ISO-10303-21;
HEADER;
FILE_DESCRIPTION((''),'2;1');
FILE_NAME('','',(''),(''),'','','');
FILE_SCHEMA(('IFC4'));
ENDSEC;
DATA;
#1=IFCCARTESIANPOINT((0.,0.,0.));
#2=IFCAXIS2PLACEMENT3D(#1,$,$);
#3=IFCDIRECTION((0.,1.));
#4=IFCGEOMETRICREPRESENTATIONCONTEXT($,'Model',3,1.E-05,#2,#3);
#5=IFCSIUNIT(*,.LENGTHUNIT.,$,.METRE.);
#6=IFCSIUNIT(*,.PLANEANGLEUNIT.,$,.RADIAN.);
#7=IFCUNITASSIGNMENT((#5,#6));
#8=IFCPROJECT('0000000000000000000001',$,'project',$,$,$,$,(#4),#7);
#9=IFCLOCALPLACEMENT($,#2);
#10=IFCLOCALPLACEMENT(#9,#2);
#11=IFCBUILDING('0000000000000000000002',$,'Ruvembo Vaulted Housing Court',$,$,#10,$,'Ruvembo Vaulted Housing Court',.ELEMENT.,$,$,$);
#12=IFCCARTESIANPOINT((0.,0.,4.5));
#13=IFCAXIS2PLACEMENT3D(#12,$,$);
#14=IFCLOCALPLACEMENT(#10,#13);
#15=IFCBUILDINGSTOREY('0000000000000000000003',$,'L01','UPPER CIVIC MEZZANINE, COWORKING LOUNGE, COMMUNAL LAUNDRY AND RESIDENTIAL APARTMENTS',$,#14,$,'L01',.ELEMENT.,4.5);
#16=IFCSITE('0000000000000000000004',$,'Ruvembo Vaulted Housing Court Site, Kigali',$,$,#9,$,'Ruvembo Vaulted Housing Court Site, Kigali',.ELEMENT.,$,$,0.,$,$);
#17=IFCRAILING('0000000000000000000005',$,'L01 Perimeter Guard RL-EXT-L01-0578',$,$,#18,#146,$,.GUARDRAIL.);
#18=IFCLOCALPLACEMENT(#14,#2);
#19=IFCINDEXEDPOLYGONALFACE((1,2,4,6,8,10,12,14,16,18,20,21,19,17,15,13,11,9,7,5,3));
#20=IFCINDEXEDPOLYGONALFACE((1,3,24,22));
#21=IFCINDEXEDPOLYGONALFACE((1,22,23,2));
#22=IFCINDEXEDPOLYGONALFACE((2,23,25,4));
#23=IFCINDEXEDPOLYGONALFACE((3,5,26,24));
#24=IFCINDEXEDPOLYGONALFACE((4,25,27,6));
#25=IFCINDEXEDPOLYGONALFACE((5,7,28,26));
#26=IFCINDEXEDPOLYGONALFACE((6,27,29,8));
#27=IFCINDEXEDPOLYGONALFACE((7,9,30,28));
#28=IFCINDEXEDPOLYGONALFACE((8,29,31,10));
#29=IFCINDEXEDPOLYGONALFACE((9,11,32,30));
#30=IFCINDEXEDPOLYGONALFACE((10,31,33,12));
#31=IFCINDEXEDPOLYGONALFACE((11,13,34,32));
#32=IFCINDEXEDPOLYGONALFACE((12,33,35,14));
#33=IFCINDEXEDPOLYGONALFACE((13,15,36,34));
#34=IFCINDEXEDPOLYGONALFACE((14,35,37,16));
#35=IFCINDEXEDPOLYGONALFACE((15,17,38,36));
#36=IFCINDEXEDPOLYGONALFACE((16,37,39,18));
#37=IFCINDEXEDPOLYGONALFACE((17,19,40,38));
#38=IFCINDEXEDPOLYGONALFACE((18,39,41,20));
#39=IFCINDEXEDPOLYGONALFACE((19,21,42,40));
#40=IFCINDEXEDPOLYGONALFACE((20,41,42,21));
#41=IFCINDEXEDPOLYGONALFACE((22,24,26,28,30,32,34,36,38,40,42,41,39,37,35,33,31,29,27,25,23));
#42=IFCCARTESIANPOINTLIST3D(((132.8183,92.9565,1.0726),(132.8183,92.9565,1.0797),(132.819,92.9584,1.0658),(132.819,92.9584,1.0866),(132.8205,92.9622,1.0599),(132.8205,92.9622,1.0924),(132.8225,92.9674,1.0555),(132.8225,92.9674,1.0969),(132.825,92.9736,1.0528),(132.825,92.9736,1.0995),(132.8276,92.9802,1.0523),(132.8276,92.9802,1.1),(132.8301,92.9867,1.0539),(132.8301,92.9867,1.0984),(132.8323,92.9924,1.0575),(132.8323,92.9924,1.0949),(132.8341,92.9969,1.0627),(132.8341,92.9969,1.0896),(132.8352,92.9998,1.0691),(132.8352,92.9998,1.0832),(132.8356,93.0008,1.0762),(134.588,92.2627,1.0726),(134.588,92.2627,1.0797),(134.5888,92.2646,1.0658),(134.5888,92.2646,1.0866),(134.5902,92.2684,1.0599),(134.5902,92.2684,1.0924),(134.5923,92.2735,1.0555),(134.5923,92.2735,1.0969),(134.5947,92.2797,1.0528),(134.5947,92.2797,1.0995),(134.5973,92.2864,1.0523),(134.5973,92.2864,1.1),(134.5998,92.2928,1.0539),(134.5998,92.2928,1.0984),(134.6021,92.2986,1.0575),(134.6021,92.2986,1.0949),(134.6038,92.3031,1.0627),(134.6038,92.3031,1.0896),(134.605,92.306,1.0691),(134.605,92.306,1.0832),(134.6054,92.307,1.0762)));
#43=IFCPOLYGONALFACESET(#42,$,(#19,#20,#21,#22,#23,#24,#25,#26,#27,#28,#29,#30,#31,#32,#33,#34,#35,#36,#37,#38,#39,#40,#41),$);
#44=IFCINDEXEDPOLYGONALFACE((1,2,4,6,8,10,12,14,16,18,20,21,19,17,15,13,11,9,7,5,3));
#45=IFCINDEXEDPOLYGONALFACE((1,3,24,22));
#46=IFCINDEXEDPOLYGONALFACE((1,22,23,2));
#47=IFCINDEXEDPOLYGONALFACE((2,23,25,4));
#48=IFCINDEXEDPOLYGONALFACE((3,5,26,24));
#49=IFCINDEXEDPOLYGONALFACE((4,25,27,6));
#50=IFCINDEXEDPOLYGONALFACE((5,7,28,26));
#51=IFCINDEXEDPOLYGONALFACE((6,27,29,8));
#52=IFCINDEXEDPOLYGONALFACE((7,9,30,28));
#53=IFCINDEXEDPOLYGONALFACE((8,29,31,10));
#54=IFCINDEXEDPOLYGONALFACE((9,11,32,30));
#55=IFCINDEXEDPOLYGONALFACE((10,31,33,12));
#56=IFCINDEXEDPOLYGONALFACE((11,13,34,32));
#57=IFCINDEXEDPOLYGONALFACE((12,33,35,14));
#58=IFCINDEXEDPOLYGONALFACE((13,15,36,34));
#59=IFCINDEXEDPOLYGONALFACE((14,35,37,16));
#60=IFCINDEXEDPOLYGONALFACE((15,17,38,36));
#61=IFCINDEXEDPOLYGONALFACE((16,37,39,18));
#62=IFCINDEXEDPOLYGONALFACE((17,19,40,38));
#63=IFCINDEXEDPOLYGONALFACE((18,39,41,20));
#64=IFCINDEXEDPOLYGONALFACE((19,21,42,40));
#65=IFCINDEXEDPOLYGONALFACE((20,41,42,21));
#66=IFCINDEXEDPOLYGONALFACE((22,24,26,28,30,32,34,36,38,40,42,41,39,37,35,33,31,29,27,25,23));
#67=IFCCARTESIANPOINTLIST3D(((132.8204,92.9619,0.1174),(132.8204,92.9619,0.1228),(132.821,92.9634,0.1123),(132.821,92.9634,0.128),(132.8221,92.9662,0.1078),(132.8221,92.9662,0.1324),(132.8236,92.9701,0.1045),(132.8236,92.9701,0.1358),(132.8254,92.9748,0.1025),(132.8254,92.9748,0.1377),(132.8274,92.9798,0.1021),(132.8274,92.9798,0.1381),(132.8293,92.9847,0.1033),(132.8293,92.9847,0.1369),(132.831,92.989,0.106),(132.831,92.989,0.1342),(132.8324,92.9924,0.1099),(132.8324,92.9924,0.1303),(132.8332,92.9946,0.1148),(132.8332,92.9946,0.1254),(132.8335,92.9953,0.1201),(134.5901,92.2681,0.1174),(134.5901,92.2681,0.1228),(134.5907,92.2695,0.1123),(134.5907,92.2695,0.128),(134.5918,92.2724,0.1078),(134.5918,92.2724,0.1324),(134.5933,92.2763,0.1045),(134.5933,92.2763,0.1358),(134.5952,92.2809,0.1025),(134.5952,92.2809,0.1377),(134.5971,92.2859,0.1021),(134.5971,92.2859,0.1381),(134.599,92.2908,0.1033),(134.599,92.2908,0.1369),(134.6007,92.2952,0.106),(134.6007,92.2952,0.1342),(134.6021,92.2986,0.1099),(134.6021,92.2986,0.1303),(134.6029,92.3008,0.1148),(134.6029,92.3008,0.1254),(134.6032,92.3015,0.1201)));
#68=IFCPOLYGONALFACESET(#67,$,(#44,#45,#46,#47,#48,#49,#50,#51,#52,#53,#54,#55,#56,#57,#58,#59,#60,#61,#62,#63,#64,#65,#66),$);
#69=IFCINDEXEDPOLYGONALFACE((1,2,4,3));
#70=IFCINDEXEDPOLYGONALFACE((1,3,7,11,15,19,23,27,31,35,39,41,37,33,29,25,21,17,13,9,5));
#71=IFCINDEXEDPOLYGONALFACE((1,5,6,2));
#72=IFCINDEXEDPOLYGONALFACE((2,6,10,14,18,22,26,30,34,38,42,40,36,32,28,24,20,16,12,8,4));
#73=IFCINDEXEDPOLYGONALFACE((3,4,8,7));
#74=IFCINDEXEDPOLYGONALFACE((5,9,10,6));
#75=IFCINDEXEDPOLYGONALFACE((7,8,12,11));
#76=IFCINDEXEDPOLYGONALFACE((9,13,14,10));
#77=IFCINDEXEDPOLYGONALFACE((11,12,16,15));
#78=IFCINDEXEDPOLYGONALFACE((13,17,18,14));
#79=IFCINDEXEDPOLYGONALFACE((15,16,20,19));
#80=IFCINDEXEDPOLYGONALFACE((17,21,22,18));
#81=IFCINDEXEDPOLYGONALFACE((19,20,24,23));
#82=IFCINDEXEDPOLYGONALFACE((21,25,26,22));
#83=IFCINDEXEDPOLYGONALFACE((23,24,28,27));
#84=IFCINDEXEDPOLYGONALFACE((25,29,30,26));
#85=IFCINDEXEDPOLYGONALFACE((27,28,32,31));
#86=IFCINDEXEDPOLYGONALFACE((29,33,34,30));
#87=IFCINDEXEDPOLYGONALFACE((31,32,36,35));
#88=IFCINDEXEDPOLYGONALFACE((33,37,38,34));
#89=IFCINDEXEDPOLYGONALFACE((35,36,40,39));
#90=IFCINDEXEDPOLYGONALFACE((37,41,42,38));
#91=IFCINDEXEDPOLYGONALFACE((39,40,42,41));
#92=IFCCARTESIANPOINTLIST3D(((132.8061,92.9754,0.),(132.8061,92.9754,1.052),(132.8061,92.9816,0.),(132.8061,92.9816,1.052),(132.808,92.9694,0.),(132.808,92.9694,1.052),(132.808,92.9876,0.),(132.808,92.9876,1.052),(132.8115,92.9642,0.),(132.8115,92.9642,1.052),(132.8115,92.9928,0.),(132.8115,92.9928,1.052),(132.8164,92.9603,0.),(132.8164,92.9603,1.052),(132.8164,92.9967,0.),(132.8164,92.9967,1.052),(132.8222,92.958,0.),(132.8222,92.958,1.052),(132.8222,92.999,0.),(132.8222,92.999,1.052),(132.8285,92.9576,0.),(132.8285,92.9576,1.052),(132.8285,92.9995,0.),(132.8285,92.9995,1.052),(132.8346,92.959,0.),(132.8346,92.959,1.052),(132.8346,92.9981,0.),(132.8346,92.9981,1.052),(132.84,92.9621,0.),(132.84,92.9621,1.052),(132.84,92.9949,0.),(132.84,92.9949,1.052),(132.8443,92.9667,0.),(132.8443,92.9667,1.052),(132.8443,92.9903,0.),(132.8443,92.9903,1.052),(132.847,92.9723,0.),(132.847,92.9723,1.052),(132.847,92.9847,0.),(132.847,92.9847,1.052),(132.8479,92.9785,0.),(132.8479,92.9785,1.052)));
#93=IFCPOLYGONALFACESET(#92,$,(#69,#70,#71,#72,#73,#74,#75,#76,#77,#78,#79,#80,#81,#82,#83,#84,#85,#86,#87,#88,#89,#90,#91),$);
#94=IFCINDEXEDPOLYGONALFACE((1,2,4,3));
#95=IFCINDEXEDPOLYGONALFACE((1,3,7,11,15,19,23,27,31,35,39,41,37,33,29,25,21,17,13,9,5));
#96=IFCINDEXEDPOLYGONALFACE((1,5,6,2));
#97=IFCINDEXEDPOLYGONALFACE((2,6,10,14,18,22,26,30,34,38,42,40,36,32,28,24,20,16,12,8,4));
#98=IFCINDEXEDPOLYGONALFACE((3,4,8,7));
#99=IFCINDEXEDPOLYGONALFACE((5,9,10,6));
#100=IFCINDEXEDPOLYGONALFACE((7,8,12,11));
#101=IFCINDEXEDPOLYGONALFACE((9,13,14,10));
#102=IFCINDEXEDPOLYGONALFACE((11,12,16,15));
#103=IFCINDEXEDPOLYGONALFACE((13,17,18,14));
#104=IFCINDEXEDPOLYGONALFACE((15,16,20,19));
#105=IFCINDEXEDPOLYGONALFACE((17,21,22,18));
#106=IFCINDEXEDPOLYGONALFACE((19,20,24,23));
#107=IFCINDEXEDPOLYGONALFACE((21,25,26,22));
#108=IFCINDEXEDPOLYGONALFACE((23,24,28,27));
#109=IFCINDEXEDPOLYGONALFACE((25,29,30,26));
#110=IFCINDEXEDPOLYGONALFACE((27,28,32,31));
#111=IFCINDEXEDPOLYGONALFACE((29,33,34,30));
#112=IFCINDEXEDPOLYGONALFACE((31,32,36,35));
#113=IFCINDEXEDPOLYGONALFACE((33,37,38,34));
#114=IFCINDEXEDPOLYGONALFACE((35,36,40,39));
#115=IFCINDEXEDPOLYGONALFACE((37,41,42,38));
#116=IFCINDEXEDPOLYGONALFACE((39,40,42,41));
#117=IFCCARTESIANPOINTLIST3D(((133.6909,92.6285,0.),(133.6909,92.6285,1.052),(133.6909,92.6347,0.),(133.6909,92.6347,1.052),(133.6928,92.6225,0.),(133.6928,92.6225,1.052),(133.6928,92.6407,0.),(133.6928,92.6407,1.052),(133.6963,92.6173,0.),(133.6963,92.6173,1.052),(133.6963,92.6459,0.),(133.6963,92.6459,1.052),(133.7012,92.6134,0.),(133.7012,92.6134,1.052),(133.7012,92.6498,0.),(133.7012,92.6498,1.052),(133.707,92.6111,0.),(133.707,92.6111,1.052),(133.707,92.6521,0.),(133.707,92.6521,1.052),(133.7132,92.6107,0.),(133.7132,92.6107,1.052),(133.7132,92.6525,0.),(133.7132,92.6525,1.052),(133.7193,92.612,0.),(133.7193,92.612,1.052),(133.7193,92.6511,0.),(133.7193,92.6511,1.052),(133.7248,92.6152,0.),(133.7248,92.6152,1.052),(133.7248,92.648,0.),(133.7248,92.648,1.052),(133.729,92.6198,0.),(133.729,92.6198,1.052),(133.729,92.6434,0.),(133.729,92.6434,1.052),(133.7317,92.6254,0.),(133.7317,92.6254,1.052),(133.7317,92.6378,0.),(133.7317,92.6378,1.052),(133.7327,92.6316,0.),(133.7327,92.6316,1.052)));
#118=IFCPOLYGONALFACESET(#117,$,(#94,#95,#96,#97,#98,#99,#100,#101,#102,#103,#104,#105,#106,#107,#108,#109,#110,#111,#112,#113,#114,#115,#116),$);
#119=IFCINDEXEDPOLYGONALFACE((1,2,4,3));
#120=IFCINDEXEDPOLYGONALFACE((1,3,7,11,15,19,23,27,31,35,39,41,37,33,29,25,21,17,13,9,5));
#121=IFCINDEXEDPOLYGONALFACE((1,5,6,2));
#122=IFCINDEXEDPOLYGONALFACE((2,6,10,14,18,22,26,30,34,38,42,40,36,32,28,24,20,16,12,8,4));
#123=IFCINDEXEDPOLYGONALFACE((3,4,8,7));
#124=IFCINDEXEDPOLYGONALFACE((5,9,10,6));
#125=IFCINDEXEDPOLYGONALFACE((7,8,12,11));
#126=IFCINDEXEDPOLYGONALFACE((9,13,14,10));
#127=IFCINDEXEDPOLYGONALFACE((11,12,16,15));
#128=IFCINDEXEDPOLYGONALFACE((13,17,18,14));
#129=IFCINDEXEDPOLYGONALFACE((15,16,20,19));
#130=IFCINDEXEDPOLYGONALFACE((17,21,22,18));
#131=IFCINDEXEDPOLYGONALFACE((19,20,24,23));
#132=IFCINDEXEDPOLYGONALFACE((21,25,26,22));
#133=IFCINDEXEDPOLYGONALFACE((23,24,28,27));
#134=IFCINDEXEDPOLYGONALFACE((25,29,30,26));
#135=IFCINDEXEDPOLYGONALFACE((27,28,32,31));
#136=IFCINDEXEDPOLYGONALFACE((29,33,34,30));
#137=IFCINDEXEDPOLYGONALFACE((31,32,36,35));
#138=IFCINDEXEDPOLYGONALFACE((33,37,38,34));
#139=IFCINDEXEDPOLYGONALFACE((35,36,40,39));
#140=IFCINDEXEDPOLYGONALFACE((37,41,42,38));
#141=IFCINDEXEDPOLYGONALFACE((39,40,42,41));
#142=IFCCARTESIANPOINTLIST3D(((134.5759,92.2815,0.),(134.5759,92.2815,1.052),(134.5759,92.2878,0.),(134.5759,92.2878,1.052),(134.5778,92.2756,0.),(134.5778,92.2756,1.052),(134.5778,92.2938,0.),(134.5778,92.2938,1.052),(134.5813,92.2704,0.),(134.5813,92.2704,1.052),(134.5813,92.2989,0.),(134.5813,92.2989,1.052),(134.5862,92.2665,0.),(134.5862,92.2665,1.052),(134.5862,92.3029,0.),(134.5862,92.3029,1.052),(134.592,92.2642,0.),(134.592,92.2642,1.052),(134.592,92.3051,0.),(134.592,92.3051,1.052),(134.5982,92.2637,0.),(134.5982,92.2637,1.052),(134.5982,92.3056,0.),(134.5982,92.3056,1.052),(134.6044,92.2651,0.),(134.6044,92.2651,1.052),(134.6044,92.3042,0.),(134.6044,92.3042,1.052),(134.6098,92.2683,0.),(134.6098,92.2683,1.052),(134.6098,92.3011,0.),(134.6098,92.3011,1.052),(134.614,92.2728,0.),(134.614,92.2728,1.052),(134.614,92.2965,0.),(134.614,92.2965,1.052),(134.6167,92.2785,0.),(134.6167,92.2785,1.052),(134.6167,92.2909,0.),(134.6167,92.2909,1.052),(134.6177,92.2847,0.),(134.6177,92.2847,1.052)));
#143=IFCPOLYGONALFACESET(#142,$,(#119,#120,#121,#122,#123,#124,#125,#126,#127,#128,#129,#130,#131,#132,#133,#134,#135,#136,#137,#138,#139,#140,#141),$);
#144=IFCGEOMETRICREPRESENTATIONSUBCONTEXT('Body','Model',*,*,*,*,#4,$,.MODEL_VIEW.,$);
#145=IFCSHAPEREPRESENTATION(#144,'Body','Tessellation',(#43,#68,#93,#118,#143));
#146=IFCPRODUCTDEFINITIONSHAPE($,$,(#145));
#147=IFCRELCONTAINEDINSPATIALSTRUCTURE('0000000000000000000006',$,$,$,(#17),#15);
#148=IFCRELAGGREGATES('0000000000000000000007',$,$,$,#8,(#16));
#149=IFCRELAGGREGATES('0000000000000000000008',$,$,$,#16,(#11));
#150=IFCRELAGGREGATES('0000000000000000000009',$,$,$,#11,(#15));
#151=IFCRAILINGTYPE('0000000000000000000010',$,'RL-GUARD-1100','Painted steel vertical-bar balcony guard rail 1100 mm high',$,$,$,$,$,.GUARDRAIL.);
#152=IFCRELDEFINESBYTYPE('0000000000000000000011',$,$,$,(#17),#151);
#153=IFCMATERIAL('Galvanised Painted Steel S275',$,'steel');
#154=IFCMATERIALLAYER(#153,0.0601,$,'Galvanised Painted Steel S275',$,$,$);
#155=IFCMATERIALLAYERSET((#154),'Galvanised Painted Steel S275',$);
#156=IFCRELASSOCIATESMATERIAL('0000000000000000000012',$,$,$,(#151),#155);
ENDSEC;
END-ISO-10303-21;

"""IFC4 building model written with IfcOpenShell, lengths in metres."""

from ifc_helpers import new_model, si_unit, direction, frame, origin, origin_2d, place, context, subcontext, project, spatial, circle, extrude, material, layer, layer_set, type_object, element, save


model = new_model("IFC4")

# Units and contexts
model_context = context("Model", 3, precision=1e-05, world=origin(), true_north=direction((0.0, 1.0)))
body_context = subcontext(model_context, "Body", "Model", "MODEL_VIEW")
ifc_project = project(units=[si_unit("LENGTHUNIT", "METRE"), si_unit("PLANEANGLEUNIT", "RADIAN")], contexts=[model_context])

# Site, building, storey
site_placement = place(None, origin())
site = spatial("IfcSite", under=ifc_project, at=site_placement, Name="Ruvembo Vaulted Housing Court Site, Kigali", LongName="Ruvembo Vaulted Housing Court Site, Kigali", CompositionType="ELEMENT", RefElevation=0.0)
building_placement = place(site_placement, origin())
building = spatial("IfcBuilding", under=site, at=building_placement, Name="Ruvembo Vaulted Housing Court", LongName="Ruvembo Vaulted Housing Court", CompositionType="ELEMENT")
storey_placement = place(building_placement, frame((0.0, 0.0, 4.5)))
storey = spatial("IfcBuildingStorey", under=building, at=storey_placement, Name="L01", Description="UPPER CIVIC MEZZANINE, COWORKING LOUNGE, COMMUNAL LAUNDRY AND RESIDENTIAL APARTMENTS", LongName="L01", CompositionType="ELEMENT", Elevation=4.5)

# Railing
ifc_material_1 = material(Name="Galvanised Painted Steel S275", Category="steel")
ifc_layer_1 = layer(ifc_material_1, 0.0601, Name="Galvanised Painted Steel S275")
ifc_layer_set_1 = layer_set([ifc_layer_1], Name="Galvanised Painted Steel S275")
railing_type = type_object("IfcRailingType", Name="RL-GUARD-1100", Description="Painted steel vertical-bar balcony guard rail 1100 mm high", PredefinedType="GUARDRAIL", material=ifc_layer_set_1)
railing_1_placement = place(storey_placement, frame((132.8269, 92.9785, 0.0)))
element("IfcRailing", 1, at=railing_1_placement, inside=storey, type_object=railing_type, Name="L01 Perimeter Guard RL-EXT-L01-0578", PredefinedType="GUARDRAIL", context=body_context, shape_type="SweptSolid", body=[
    extrude(circle(Radius=0.0239, at=origin_2d()), frame((0.0, 0.0, 1.0762), z_axis=(0.931006, -0.365005, 0.0), x_axis=(0.365005, 0.931006, 0.0)), (0.0, 0.0, 1.0), 1.9009),
    extrude(circle(Radius=0.0181, at=origin_2d()), frame((0.0, 0.0, 0.1201), z_axis=(0.931006, -0.365005, 0.0), x_axis=(0.365005, 0.931006, 0.0)), (0.0, 0.0, 1.0), 1.9009),
    extrude(circle(Radius=0.021, at=origin_2d()), origin(), (0.0, 0.0, 1.0), 1.052),
    extrude(circle(Radius=0.021, at=origin_2d()), frame((0.8848, -0.3469, 0.0)), (0.0, 0.0, 1.0), 1.052),
    extrude(circle(Radius=0.021, at=origin_2d()), frame((1.7698, -0.6938, 0.0)), (0.0, 0.0, 1.0), 1.052),
])

save(model, "model.ifc")
